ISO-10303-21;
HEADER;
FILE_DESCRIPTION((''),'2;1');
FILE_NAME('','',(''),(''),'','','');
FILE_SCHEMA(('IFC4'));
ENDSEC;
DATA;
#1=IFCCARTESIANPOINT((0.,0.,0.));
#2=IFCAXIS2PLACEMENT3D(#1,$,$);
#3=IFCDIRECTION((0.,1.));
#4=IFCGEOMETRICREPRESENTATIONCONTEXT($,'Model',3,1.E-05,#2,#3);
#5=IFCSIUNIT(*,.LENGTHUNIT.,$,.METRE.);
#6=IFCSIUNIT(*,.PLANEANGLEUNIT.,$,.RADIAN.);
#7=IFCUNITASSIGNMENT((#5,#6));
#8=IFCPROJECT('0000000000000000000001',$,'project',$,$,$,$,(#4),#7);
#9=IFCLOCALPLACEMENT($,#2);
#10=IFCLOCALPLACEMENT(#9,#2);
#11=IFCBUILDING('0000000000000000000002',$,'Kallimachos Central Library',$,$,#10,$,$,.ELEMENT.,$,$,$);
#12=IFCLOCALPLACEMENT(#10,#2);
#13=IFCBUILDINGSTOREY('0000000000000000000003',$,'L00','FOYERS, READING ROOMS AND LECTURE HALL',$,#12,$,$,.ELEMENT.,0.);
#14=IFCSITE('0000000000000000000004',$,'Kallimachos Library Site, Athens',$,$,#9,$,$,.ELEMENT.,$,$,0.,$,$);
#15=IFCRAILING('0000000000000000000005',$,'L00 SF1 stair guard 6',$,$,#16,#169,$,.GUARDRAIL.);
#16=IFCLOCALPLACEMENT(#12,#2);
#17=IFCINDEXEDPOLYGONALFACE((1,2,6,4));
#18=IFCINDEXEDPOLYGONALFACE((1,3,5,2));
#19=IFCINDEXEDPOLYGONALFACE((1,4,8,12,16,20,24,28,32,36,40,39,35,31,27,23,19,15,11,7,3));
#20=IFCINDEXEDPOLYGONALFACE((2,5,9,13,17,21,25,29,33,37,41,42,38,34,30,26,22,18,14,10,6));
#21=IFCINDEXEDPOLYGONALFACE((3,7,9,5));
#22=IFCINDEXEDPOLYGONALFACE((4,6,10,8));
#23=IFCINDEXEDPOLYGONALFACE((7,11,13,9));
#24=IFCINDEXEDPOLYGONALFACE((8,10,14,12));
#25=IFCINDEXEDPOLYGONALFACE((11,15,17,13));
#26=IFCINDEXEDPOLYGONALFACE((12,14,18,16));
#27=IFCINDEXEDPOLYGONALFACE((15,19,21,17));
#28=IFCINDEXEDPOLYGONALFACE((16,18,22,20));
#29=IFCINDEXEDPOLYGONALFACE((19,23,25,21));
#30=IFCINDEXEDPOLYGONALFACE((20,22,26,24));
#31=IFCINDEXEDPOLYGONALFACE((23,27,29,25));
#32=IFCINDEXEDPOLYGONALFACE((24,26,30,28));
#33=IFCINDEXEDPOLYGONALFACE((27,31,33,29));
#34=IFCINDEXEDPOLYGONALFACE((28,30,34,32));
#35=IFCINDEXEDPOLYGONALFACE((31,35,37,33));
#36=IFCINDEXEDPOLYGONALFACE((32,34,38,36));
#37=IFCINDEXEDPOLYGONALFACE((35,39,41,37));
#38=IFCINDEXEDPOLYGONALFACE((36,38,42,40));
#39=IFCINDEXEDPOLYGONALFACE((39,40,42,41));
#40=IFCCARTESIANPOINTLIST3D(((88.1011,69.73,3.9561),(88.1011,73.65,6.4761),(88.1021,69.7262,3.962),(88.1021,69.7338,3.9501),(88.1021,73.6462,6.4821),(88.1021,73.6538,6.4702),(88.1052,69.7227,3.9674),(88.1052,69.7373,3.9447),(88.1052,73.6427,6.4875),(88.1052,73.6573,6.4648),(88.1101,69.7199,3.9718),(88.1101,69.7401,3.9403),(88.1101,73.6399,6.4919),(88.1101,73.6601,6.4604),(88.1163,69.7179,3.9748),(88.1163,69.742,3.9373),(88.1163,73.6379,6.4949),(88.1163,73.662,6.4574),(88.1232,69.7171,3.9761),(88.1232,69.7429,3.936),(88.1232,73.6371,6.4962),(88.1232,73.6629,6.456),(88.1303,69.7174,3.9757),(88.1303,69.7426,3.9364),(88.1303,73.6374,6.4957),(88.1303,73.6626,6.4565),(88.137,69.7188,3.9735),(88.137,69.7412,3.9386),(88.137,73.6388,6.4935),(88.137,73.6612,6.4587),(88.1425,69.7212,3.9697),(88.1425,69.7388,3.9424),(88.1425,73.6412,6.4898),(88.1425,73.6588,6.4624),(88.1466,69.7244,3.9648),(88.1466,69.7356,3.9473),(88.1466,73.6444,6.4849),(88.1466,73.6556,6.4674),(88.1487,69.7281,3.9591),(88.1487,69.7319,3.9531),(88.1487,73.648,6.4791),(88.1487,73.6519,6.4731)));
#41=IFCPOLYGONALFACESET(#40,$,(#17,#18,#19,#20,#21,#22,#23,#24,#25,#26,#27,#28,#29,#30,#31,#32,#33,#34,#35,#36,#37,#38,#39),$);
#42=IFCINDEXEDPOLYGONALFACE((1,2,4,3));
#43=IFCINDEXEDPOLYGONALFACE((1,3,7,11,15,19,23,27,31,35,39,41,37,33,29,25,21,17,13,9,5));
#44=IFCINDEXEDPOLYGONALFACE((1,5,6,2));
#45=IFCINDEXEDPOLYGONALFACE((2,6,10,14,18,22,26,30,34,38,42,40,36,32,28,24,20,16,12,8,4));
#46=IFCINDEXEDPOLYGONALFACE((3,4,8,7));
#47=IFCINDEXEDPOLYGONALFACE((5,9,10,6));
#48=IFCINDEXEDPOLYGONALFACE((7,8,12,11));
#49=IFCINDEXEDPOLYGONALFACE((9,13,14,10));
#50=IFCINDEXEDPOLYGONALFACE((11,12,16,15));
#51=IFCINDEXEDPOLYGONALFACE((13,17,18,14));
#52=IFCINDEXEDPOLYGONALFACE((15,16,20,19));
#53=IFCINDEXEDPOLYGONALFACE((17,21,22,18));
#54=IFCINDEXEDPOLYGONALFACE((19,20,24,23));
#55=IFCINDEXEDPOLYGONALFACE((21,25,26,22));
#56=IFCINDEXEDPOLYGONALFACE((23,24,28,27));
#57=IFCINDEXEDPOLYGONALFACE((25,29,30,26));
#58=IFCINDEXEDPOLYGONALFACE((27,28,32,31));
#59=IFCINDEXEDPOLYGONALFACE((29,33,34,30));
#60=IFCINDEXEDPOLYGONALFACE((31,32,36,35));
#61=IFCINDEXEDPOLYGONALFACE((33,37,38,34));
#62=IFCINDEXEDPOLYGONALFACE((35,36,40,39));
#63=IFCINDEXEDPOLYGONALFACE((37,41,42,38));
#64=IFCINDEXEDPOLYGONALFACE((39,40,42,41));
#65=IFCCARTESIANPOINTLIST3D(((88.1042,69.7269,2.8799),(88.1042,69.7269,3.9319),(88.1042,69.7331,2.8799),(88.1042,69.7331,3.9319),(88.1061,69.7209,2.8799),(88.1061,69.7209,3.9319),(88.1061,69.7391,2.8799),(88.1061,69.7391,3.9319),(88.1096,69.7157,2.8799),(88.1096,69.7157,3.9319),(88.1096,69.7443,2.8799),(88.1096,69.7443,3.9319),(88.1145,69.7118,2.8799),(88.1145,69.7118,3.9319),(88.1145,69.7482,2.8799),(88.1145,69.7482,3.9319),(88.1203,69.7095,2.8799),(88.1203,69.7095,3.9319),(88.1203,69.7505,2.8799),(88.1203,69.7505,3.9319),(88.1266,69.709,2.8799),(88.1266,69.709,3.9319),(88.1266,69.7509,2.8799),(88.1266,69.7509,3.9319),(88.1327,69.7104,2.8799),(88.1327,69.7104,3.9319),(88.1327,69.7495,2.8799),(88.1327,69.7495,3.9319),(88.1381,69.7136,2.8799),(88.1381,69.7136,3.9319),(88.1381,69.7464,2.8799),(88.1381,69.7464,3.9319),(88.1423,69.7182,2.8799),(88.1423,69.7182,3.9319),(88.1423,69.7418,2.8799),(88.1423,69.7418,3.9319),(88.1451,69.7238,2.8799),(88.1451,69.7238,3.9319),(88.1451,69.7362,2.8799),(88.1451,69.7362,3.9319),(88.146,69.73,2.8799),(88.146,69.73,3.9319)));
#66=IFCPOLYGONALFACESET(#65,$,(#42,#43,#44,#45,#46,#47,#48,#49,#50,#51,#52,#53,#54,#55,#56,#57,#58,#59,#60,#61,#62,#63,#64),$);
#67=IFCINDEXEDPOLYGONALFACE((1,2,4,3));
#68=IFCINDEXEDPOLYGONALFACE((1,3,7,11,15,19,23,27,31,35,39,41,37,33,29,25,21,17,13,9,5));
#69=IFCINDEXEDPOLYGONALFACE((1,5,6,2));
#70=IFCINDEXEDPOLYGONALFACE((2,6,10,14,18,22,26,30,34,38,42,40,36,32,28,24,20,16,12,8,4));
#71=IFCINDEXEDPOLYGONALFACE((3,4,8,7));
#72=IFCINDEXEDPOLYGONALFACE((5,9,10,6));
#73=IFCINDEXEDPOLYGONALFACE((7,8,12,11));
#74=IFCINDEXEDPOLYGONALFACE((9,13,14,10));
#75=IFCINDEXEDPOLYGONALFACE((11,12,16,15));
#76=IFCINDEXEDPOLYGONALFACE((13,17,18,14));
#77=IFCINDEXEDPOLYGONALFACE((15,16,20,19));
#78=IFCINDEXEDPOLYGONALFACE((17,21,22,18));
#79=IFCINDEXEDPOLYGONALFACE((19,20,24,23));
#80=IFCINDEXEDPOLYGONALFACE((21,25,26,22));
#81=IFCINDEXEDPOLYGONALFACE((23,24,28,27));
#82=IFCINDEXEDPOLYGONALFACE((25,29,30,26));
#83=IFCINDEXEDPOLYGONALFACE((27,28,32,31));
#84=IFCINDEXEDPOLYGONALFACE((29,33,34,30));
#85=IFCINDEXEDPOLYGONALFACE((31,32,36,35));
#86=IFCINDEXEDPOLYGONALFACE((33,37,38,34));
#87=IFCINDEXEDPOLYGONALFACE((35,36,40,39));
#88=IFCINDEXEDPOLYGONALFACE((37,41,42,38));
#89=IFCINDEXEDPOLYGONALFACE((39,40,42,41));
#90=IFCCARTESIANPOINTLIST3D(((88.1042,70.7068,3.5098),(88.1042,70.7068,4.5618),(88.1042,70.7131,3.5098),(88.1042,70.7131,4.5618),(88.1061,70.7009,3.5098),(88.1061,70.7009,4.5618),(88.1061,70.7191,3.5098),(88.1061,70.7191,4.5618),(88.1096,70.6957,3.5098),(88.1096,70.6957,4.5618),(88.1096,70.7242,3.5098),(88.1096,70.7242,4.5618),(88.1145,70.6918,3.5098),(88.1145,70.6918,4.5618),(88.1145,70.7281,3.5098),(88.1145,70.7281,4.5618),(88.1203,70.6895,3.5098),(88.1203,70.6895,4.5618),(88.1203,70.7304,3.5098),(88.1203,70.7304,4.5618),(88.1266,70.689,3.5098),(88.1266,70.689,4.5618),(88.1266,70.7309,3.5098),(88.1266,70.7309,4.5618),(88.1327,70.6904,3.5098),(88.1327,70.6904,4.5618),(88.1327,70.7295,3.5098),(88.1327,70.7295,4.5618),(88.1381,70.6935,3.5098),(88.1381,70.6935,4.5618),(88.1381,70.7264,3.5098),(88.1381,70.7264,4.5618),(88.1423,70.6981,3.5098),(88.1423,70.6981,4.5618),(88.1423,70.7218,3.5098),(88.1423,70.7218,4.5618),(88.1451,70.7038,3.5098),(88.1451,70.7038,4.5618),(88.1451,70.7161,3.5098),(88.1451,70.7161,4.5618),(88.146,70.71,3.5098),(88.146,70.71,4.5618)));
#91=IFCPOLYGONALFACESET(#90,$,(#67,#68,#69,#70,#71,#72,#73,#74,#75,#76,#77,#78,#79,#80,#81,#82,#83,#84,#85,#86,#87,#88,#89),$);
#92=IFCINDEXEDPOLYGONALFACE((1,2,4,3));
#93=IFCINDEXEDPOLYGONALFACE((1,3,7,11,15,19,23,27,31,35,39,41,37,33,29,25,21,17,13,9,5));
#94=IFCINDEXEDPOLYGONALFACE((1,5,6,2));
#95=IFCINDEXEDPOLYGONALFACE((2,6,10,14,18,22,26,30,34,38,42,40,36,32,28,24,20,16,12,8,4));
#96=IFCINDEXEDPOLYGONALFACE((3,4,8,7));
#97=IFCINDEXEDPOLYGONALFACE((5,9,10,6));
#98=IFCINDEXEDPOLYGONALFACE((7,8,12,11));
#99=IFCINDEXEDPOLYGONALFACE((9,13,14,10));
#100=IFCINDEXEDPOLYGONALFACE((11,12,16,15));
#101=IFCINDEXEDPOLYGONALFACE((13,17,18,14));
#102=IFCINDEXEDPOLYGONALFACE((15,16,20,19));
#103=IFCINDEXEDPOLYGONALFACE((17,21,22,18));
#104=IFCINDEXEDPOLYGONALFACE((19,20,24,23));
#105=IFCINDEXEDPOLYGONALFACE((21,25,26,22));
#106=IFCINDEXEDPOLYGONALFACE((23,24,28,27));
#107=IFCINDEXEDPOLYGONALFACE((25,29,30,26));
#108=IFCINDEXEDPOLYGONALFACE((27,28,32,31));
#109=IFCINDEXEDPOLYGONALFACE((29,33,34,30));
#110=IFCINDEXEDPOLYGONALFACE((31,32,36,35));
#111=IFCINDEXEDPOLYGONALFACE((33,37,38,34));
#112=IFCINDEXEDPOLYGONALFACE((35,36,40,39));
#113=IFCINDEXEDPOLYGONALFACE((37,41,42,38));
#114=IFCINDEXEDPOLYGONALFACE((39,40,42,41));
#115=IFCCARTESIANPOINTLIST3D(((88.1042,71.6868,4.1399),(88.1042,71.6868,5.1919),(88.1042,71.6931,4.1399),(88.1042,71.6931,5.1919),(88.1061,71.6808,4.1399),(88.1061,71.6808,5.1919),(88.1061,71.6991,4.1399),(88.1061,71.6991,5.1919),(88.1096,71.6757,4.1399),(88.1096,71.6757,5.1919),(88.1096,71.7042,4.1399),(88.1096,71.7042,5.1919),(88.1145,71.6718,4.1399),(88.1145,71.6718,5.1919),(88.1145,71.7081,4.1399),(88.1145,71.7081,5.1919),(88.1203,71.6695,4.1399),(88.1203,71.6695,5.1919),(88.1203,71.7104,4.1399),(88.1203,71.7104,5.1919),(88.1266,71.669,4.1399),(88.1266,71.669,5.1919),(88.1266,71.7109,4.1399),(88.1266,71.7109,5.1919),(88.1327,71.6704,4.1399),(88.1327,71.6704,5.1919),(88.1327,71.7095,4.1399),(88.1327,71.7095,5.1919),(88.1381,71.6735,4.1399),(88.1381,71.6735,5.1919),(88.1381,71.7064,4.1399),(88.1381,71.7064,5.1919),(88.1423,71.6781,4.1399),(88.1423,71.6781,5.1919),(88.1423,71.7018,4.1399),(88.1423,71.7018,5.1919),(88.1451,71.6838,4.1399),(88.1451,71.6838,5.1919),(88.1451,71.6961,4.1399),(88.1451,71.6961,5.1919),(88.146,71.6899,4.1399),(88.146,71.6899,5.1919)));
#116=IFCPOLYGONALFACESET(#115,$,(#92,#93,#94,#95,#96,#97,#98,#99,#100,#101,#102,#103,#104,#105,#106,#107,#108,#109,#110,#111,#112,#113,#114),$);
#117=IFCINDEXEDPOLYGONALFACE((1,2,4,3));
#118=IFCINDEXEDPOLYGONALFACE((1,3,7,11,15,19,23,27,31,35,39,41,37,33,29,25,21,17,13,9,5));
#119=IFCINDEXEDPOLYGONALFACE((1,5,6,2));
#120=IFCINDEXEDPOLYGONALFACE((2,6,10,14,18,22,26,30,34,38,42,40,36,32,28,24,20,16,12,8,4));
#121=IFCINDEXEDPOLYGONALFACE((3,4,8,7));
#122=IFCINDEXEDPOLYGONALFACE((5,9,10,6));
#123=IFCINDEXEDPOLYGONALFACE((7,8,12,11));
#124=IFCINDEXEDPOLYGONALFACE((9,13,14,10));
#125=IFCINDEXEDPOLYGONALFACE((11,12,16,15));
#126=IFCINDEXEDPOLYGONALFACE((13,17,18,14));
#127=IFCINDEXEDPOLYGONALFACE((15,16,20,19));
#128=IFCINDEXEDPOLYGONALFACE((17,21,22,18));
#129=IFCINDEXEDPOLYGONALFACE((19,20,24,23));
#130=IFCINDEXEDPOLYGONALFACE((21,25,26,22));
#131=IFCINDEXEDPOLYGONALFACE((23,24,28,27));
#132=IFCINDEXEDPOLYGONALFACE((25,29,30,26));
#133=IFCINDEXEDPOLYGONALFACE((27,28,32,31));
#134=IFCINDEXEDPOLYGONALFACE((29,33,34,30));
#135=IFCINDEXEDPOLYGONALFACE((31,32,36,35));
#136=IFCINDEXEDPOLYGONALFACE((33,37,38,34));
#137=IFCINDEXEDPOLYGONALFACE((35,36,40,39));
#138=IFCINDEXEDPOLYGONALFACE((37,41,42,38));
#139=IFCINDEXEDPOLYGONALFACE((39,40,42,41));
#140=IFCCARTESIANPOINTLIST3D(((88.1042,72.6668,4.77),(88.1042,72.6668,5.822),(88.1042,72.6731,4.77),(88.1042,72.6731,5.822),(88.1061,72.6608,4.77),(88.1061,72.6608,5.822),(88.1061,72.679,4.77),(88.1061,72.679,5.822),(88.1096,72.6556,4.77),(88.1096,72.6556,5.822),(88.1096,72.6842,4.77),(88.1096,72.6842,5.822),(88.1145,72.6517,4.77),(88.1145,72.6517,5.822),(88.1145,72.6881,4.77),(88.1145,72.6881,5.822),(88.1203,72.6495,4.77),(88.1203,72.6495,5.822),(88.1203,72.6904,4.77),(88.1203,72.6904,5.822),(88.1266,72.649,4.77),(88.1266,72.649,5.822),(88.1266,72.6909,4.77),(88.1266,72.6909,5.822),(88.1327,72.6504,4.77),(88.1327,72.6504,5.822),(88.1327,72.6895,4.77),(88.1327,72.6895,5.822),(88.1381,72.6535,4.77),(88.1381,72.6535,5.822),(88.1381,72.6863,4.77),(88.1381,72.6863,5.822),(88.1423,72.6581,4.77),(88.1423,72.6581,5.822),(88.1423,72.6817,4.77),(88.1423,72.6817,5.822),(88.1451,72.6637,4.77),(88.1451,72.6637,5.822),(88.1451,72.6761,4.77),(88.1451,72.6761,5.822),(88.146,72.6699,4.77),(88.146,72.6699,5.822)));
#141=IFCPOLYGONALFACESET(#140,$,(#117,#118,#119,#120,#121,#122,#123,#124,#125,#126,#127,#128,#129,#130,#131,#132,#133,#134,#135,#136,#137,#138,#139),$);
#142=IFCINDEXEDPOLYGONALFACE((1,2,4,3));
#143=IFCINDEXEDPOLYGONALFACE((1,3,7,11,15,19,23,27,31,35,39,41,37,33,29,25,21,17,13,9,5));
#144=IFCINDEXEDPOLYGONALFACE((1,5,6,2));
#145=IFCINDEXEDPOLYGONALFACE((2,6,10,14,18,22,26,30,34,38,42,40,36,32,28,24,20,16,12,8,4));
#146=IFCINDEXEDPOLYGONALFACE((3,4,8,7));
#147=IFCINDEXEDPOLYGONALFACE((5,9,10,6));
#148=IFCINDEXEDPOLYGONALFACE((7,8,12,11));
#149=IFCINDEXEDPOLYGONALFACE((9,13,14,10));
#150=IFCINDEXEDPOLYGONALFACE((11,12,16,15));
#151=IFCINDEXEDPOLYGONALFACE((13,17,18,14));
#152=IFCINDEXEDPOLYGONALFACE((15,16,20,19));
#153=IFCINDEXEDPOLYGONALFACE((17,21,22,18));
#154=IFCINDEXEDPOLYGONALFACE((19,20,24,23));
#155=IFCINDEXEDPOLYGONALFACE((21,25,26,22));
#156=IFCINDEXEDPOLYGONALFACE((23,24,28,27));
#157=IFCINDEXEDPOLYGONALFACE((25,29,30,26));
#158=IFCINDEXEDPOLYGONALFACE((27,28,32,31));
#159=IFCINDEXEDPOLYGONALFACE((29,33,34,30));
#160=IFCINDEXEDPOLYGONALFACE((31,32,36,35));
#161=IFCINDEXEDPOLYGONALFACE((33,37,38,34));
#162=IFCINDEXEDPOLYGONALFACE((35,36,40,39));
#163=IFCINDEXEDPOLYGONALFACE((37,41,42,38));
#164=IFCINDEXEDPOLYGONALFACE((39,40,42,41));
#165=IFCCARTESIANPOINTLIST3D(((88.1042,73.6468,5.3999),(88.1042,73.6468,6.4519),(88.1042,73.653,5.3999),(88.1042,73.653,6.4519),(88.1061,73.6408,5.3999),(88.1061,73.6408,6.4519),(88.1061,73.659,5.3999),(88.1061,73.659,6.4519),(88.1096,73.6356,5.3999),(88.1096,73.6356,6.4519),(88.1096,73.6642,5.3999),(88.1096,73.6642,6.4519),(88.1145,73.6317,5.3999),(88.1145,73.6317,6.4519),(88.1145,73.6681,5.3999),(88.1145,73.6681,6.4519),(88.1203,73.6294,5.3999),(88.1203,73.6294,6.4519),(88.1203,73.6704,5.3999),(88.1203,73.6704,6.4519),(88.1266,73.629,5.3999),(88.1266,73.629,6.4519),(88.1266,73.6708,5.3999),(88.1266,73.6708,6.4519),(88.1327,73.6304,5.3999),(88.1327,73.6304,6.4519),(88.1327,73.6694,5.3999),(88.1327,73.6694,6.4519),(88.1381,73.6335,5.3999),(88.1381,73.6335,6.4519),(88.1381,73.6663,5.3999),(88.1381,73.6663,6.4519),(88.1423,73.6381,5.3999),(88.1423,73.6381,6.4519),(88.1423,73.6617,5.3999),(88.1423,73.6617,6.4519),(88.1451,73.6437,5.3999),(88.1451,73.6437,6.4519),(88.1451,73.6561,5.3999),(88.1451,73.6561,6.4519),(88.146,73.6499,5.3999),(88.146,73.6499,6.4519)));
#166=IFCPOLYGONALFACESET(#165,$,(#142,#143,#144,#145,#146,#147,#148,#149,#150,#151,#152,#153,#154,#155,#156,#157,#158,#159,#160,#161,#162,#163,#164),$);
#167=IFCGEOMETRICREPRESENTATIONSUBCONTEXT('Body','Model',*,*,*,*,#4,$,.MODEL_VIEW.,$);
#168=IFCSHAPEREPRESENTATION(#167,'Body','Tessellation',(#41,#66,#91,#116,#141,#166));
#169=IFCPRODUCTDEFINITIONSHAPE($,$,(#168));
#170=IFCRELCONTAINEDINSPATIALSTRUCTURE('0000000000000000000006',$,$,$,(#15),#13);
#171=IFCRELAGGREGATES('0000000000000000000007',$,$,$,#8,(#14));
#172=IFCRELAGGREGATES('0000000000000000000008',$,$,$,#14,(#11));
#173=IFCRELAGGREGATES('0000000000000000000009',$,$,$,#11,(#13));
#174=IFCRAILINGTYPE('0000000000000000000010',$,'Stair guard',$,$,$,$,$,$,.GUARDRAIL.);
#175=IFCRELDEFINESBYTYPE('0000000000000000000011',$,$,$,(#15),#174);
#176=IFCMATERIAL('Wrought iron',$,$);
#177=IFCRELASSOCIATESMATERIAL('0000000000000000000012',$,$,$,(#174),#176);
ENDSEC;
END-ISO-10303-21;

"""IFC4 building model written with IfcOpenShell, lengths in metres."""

from ifc_helpers import new_model, si_unit, direction, frame, origin, origin_2d, place, context, subcontext, project, spatial, circle, extrude, material, type_object, element, save


model = new_model("IFC4")

# Units and contexts
model_context = context("Model", 3, precision=1e-05, world=origin(), true_north=direction((0.0, 1.0)))
body_context = subcontext(model_context, "Body", "Model", "MODEL_VIEW")
ifc_project = project(units=[si_unit("LENGTHUNIT", "METRE"), si_unit("PLANEANGLEUNIT", "RADIAN")], contexts=[model_context])

# Site, building, storey
site_placement = place(None, origin())
site = spatial("IfcSite", under=ifc_project, at=site_placement, Name="Kallimachos Library Site, Athens", CompositionType="ELEMENT", RefElevation=0.0)
building_placement = place(site_placement, origin())
building = spatial("IfcBuilding", under=site, at=building_placement, Name="Kallimachos Central Library", CompositionType="ELEMENT")
storey_placement = place(building_placement, origin())
storey = spatial("IfcBuildingStorey", under=building, at=storey_placement, Name="L00", Description="FOYERS, READING ROOMS AND LECTURE HALL", CompositionType="ELEMENT", Elevation=0.0)

# Railing
ifc_material_1 = material(Name="Wrought iron")
railing_type_1 = type_object("IfcRailingType", Name="Stair guard", PredefinedType="GUARDRAIL", material=ifc_material_1)
railing_1_placement = place(storey_placement, frame((88.125, 69.73, 2.8799)))
element("IfcRailing", 1, at=railing_1_placement, inside=storey, type_object=railing_type_1, Name="L00 SF1 stair guard 6", PredefinedType="GUARDRAIL", context=body_context, shape_type="SweptSolid", body=[
    extrude(circle(Radius=0.0239, at=origin_2d()), frame((0.0, 0.0, 1.0762), z_axis=(0.0, 0.841172, 0.540768), x_axis=(-1.0, 0.0, 0.0)), (0.0, 0.0, 1.0), 4.6602),
    extrude(circle(Radius=0.021, at=origin_2d()), origin(), (0.0, 0.0, 1.0), 1.052),
    extrude(circle(Radius=0.021, at=origin_2d()), frame((0.0, 0.98, 0.6299)), (0.0, 0.0, 1.0), 1.052),
    extrude(circle(Radius=0.021, at=origin_2d()), frame((0.0, 1.96, 1.26)), (0.0, 0.0, 1.0), 1.052),
    extrude(circle(Radius=0.021, at=origin_2d()), frame((0.0, 2.9399, 1.8901)), (0.0, 0.0, 1.0), 1.052),
    extrude(circle(Radius=0.021, at=origin_2d()), frame((0.0, 3.9199, 2.52)), (0.0, 0.0, 1.0), 1.052),
])

save(model, "model.ifc")
